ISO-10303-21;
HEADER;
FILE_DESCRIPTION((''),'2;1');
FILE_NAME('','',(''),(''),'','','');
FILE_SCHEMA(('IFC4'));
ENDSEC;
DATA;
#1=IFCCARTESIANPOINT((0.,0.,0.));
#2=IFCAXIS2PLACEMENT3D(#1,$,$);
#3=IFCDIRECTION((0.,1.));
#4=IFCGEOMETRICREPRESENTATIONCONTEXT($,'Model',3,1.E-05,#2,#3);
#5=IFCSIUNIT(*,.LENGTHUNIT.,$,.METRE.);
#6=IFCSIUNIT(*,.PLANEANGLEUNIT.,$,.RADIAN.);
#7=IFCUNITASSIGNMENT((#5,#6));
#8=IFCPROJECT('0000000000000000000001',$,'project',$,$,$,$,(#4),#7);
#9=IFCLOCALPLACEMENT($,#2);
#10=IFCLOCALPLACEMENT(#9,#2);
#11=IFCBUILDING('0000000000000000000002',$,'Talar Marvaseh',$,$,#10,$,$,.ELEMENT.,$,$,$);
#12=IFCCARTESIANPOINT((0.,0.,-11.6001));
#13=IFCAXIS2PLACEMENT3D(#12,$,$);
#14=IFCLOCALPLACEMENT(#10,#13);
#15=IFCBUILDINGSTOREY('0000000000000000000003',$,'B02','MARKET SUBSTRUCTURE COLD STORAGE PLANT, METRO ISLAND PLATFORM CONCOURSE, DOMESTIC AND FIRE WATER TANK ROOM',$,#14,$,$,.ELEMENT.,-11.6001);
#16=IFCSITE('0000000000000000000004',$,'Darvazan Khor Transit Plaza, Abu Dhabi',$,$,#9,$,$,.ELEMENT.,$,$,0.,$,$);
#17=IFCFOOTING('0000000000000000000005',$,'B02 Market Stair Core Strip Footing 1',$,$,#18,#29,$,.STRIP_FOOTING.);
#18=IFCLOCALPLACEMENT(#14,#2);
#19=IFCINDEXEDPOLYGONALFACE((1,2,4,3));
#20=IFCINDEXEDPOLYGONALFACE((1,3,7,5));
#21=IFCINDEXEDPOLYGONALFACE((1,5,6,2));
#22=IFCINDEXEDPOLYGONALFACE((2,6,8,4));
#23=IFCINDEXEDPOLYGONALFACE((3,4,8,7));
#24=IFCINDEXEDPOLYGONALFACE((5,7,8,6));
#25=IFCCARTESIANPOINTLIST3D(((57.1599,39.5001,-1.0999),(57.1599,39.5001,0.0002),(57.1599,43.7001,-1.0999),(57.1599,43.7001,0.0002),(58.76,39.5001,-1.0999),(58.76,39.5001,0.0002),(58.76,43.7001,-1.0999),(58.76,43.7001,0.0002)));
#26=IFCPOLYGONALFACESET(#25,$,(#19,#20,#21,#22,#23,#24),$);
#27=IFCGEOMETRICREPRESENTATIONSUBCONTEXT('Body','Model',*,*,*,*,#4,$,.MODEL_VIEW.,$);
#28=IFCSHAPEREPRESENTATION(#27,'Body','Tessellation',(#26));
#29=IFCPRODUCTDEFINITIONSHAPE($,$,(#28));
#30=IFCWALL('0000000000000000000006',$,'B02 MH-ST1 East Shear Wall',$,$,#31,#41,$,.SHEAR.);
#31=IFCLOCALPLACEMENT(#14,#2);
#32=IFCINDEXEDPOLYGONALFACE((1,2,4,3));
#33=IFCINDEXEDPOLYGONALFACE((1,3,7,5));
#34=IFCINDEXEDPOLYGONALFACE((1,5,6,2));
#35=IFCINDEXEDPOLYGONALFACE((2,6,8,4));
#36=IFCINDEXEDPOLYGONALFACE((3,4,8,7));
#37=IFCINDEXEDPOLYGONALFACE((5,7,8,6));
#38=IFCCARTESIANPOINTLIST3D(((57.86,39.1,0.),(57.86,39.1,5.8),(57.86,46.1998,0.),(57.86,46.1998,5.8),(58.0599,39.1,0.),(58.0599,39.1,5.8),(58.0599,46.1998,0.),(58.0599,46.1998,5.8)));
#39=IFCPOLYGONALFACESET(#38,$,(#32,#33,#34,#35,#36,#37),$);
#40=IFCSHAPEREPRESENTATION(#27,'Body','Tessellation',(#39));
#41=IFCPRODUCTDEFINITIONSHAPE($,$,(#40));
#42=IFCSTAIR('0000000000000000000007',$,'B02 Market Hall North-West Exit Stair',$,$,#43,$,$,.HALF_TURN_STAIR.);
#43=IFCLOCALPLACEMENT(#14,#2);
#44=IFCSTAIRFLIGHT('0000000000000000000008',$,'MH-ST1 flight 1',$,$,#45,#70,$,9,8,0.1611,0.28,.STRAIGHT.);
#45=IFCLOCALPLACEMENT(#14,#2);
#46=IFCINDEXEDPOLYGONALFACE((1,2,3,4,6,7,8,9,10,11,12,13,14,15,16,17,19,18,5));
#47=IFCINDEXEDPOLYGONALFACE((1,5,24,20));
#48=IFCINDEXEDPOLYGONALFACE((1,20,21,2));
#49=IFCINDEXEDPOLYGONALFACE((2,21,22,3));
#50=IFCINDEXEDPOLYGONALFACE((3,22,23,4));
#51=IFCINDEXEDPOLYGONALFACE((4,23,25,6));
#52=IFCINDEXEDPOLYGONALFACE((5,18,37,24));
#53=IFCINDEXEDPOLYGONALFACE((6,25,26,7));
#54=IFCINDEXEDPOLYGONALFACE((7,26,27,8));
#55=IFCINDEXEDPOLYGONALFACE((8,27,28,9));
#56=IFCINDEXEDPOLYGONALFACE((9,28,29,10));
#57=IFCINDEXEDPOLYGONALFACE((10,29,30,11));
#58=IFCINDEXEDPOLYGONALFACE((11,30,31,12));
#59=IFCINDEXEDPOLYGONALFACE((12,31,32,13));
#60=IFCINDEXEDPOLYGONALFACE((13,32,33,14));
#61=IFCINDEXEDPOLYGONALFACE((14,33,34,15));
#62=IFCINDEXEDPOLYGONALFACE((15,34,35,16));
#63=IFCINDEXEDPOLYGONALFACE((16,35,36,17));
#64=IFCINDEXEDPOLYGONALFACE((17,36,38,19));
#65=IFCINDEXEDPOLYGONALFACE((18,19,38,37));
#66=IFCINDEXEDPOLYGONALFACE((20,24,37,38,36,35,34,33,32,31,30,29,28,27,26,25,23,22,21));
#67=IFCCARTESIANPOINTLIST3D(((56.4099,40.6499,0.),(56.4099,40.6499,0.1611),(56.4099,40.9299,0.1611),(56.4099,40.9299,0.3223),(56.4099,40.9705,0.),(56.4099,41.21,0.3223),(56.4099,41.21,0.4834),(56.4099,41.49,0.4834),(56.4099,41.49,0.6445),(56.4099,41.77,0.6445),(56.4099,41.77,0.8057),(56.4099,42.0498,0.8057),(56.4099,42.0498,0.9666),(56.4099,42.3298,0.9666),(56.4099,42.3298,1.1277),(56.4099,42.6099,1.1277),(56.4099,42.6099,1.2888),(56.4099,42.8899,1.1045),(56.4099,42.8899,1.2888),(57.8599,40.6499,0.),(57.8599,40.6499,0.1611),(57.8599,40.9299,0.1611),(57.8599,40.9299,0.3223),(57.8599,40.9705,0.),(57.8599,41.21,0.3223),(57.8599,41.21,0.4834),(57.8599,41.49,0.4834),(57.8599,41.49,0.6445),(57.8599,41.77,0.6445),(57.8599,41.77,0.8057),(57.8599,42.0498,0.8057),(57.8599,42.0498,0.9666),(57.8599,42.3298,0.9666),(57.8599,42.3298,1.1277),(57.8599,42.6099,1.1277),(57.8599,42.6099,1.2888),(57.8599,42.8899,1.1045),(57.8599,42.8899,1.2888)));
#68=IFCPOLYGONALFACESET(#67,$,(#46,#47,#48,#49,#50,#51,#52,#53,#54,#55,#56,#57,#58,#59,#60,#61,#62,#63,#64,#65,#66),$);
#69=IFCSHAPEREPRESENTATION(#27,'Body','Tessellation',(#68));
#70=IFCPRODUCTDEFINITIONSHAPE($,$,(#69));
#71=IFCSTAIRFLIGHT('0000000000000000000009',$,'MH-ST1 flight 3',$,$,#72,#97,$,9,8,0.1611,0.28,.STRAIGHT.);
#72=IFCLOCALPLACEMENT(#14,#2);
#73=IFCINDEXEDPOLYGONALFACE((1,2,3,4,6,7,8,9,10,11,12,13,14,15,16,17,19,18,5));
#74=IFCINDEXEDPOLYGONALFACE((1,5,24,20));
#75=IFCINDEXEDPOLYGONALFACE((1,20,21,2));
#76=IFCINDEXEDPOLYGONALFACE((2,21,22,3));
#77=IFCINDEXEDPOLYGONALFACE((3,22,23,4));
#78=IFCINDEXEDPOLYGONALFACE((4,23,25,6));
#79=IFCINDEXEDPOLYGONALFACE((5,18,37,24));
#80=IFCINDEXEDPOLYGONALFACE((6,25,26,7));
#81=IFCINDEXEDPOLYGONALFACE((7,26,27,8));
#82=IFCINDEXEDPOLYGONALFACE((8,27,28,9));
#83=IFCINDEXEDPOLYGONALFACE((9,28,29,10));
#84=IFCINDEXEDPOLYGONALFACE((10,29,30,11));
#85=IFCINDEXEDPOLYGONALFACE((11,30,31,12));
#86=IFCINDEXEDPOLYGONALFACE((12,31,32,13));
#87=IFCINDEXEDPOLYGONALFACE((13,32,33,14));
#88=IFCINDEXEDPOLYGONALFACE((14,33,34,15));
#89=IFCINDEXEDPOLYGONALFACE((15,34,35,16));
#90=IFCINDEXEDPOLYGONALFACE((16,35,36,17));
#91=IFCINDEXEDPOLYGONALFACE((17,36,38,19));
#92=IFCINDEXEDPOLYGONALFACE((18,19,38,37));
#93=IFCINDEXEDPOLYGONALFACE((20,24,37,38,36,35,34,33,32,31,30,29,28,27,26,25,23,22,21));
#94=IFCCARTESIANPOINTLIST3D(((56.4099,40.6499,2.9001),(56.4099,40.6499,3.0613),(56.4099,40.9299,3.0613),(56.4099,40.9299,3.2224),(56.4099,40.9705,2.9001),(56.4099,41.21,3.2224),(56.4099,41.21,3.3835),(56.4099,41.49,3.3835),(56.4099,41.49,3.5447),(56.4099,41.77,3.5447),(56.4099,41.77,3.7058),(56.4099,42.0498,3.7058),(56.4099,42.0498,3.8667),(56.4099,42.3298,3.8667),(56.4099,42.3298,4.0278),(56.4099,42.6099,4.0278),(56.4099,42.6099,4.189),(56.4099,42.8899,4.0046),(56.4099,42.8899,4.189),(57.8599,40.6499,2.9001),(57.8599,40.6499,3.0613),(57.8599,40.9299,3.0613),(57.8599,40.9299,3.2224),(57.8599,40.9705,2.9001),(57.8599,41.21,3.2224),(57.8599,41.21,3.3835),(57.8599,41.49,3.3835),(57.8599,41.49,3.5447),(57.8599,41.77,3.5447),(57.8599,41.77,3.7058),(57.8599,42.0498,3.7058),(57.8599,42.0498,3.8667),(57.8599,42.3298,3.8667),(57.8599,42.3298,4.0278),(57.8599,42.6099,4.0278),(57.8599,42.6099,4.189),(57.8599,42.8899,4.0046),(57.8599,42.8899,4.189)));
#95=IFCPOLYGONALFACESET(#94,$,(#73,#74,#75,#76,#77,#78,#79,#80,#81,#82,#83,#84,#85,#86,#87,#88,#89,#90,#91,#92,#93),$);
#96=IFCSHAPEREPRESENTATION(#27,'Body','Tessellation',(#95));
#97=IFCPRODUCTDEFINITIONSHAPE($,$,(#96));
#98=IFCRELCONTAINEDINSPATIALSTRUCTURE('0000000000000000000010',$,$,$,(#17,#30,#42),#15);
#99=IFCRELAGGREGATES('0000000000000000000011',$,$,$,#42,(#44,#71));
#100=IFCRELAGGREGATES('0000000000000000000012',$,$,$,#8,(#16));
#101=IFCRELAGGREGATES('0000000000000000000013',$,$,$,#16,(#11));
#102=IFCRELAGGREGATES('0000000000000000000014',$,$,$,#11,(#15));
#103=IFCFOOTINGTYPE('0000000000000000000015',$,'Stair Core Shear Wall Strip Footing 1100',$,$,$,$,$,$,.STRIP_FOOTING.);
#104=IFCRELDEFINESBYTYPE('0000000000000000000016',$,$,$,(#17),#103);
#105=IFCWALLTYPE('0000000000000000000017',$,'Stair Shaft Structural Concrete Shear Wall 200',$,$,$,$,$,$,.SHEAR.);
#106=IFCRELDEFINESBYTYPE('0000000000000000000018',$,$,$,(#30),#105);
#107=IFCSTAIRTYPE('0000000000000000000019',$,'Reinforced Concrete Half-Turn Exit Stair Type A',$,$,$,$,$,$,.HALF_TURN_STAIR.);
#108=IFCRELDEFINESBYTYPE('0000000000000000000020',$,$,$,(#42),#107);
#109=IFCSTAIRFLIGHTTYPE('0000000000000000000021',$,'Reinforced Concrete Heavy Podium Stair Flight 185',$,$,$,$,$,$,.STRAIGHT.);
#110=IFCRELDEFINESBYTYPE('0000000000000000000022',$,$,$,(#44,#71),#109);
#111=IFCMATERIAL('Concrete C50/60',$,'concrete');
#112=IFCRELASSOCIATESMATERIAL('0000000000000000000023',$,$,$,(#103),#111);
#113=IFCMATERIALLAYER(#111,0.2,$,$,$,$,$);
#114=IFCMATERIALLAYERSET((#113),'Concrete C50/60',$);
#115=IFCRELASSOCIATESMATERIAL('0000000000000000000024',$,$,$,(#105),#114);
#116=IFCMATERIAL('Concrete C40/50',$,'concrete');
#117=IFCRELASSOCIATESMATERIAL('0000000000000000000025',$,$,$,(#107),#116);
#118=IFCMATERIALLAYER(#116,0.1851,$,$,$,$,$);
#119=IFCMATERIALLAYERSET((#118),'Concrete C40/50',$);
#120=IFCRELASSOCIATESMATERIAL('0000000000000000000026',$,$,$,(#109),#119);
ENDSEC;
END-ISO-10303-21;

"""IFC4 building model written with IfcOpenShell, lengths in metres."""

from ifc_helpers import new_model, si_unit, direction, frame, frame_2d, origin, origin_2d, place, context, subcontext, project, spatial, polyline, rectangle, outline, extrude, source, transform, mapped, material, layer, layer_set, type_object, type_shapes, element, aggregate, save


model = new_model("IFC4")

# Units and contexts
model_context = context("Model", 3, precision=1e-05, world=origin(), true_north=direction((0.0, 1.0)))
body_context = subcontext(model_context, "Body", "Model", "MODEL_VIEW")
ifc_project = project(units=[si_unit("LENGTHUNIT", "METRE"), si_unit("PLANEANGLEUNIT", "RADIAN")], contexts=[model_context])

# Site, building, storey
site_placement = place(None, origin())
site = spatial("IfcSite", under=ifc_project, at=site_placement, Name="Darvazan Khor Transit Plaza, Abu Dhabi", CompositionType="ELEMENT", RefElevation=0.0)
building_placement = place(site_placement, origin())
building = spatial("IfcBuilding", under=site, at=building_placement, Name="Talar Marvaseh", CompositionType="ELEMENT")
storey_placement = place(building_placement, frame((0.0, 0.0, -11.6001)))
storey = spatial("IfcBuildingStorey", under=building, at=storey_placement, Name="B02", Description="MARKET SUBSTRUCTURE COLD STORAGE PLANT, METRO ISLAND PLATFORM CONCOURSE, DOMESTIC AND FIRE WATER TANK ROOM", CompositionType="ELEMENT", Elevation=-11.6001)

# Shared definitions
ifc_material_1 = material(Name="Concrete C50/60", Category="concrete")

# Footing
footing_type_1 = type_object("IfcFootingType", Name="Stair Core Shear Wall Strip Footing 1100", PredefinedType="STRIP_FOOTING", material=ifc_material_1)
shared_shape_1 = source(origin(), body_context, "Body", "SweptSolid", [
    extrude(rectangle(XDim=4.2, YDim=1.6001, at=origin_2d()), origin(), (0.0, 0.0, 1.0), 1.1001),
])
type_shapes(footing_type_1, [shared_shape_1])
footing_1_placement = place(storey_placement, frame((57.96, 41.6001, -1.0999), z_axis=(0.0, 0.0, 1.0), x_axis=(0.0, 1.0, 0.0)))
element("IfcFooting", 1, at=footing_1_placement, inside=storey, type_object=footing_type_1, Name="B02 Market Stair Core Strip Footing 1", PredefinedType="STRIP_FOOTING", context=body_context, shape_type="MappedRepresentation", body=[
    mapped(shared_shape_1, transform((0.0, 0.0, 0.0), x_axis=(1.0, 0.0, 0.0), y_axis=(0.0, 1.0, 0.0), z_axis=(0.0, 0.0, 1.0), scale=1.0)),
])

# Shared definitions
ifc_layer_1 = layer(ifc_material_1, 0.2)
ifc_layer_set_1 = layer_set([ifc_layer_1], Name="Concrete C50/60")
wall_type = type_object("IfcWallType", Name="Stair Shaft Structural Concrete Shear Wall 200", PredefinedType="SHEAR", material=ifc_layer_set_1)

# Wall
wall_1_placement = place(storey_placement, frame((57.96, 39.1001, 0.0), z_axis=(0.0, 0.0, 1.0), x_axis=(0.0, 1.0, 0.0)))
element("IfcWall", 2, at=wall_1_placement, inside=storey, type_object=wall_type, Name="B02 MH-ST1 East Shear Wall", PredefinedType="SHEAR", context=body_context, shape_type="SweptSolid", body=[
    extrude(rectangle(XDim=7.0999, YDim=0.2, at=frame_2d((3.5498, 0.0))), origin(), (0.0, 0.0, 1.0), 5.8),
])

# Stair, stair flights
ifc_material_2 = material(Name="Concrete C40/50", Category="concrete")
stair_type = type_object("IfcStairType", Name="Reinforced Concrete Half-Turn Exit Stair Type A", PredefinedType="HALF_TURN_STAIR", material=ifc_material_2)
stair_placement = place(storey_placement, origin())
stair = element("IfcStair", 3, at=stair_placement, inside=storey, type_object=stair_type, Name="B02 Market Hall North-West Exit Stair", PredefinedType="HALF_TURN_STAIR")
ifc_layer_2 = layer(ifc_material_2, 0.1851)
ifc_layer_set_2 = layer_set([ifc_layer_2], Name="Concrete C40/50")
stair_flight_type = type_object("IfcStairFlightType", Name="Reinforced Concrete Heavy Podium Stair Flight 185", PredefinedType="STRAIGHT", material=ifc_layer_set_2)
stair_flight_1_placement = place(storey_placement, frame((57.135, 40.6499, 0.0), z_axis=(0.0, 0.0, 1.0), x_axis=(0.0, 1.0, 0.0)))
stair_flight_1 = element("IfcStairFlight", 4, at=stair_flight_1_placement, type_object=stair_flight_type, Name="MH-ST1 flight 1", NumberOfRisers=9, NumberOfTreads=8, PredefinedType="STRAIGHT", RiserHeight=0.1611, TreadLength=0.28, context=body_context, shape_type="SweptSolid", body=[
    extrude(outline(polyline([(0.0, 0.0), (0.0, 0.1611), (0.28, 0.1611), (0.28, 0.3223), (0.5601, 0.3223), (0.5601, 0.4834), (0.8401, 0.4834), (0.8401, 0.6445), (1.1201, 0.6445), (1.1201, 0.8057), (1.3999, 0.8057), (1.3999, 0.9666), (1.6799, 0.9666), (1.6799, 1.1277), (1.96, 1.1277), (1.96, 1.2888), (2.24, 1.2888), (2.24, 1.45), (2.24, 1.1045), (0.3206, 0.0), (0.0, 0.0)])), frame((0.0, 0.7251, 0.0), z_axis=(0.0, -1.0, 0.0), x_axis=(1.0, 0.0, 0.0)), (0.0, 0.0, 1.0), 1.45),
])
stair_flight_2_placement = place(storey_placement, frame((57.135, 40.6499, 2.9001), z_axis=(0.0, 0.0, 1.0), x_axis=(0.0, 1.0, 0.0)))
stair_flight_2 = element("IfcStairFlight", 5, at=stair_flight_2_placement, type_object=stair_flight_type, Name="MH-ST1 flight 3", NumberOfRisers=9, NumberOfTreads=8, PredefinedType="STRAIGHT", RiserHeight=0.1611, TreadLength=0.28, context=body_context, shape_type="SweptSolid", body=[
    extrude(outline(polyline([(0.0, 0.0), (0.0, 0.1611), (0.28, 0.1611), (0.28, 0.3223), (0.5601, 0.3223), (0.5601, 0.4834), (0.8401, 0.4834), (0.8401, 0.6445), (1.1201, 0.6445), (1.1201, 0.8057), (1.3999, 0.8057), (1.3999, 0.9666), (1.6799, 0.9666), (1.6799, 1.1277), (1.96, 1.1277), (1.96, 1.2888), (2.24, 1.2888), (2.24, 1.45), (2.24, 1.1045), (0.3206, 0.0), (0.0, 0.0)])), frame((0.0, 0.7251, 0.0), z_axis=(0.0, -1.0, 0.0), x_axis=(1.0, 0.0, 0.0)), (0.0, 0.0, 1.0), 1.45),
])
aggregate(stair, [stair_flight_1, stair_flight_2])

save(model, "model.ifc")
